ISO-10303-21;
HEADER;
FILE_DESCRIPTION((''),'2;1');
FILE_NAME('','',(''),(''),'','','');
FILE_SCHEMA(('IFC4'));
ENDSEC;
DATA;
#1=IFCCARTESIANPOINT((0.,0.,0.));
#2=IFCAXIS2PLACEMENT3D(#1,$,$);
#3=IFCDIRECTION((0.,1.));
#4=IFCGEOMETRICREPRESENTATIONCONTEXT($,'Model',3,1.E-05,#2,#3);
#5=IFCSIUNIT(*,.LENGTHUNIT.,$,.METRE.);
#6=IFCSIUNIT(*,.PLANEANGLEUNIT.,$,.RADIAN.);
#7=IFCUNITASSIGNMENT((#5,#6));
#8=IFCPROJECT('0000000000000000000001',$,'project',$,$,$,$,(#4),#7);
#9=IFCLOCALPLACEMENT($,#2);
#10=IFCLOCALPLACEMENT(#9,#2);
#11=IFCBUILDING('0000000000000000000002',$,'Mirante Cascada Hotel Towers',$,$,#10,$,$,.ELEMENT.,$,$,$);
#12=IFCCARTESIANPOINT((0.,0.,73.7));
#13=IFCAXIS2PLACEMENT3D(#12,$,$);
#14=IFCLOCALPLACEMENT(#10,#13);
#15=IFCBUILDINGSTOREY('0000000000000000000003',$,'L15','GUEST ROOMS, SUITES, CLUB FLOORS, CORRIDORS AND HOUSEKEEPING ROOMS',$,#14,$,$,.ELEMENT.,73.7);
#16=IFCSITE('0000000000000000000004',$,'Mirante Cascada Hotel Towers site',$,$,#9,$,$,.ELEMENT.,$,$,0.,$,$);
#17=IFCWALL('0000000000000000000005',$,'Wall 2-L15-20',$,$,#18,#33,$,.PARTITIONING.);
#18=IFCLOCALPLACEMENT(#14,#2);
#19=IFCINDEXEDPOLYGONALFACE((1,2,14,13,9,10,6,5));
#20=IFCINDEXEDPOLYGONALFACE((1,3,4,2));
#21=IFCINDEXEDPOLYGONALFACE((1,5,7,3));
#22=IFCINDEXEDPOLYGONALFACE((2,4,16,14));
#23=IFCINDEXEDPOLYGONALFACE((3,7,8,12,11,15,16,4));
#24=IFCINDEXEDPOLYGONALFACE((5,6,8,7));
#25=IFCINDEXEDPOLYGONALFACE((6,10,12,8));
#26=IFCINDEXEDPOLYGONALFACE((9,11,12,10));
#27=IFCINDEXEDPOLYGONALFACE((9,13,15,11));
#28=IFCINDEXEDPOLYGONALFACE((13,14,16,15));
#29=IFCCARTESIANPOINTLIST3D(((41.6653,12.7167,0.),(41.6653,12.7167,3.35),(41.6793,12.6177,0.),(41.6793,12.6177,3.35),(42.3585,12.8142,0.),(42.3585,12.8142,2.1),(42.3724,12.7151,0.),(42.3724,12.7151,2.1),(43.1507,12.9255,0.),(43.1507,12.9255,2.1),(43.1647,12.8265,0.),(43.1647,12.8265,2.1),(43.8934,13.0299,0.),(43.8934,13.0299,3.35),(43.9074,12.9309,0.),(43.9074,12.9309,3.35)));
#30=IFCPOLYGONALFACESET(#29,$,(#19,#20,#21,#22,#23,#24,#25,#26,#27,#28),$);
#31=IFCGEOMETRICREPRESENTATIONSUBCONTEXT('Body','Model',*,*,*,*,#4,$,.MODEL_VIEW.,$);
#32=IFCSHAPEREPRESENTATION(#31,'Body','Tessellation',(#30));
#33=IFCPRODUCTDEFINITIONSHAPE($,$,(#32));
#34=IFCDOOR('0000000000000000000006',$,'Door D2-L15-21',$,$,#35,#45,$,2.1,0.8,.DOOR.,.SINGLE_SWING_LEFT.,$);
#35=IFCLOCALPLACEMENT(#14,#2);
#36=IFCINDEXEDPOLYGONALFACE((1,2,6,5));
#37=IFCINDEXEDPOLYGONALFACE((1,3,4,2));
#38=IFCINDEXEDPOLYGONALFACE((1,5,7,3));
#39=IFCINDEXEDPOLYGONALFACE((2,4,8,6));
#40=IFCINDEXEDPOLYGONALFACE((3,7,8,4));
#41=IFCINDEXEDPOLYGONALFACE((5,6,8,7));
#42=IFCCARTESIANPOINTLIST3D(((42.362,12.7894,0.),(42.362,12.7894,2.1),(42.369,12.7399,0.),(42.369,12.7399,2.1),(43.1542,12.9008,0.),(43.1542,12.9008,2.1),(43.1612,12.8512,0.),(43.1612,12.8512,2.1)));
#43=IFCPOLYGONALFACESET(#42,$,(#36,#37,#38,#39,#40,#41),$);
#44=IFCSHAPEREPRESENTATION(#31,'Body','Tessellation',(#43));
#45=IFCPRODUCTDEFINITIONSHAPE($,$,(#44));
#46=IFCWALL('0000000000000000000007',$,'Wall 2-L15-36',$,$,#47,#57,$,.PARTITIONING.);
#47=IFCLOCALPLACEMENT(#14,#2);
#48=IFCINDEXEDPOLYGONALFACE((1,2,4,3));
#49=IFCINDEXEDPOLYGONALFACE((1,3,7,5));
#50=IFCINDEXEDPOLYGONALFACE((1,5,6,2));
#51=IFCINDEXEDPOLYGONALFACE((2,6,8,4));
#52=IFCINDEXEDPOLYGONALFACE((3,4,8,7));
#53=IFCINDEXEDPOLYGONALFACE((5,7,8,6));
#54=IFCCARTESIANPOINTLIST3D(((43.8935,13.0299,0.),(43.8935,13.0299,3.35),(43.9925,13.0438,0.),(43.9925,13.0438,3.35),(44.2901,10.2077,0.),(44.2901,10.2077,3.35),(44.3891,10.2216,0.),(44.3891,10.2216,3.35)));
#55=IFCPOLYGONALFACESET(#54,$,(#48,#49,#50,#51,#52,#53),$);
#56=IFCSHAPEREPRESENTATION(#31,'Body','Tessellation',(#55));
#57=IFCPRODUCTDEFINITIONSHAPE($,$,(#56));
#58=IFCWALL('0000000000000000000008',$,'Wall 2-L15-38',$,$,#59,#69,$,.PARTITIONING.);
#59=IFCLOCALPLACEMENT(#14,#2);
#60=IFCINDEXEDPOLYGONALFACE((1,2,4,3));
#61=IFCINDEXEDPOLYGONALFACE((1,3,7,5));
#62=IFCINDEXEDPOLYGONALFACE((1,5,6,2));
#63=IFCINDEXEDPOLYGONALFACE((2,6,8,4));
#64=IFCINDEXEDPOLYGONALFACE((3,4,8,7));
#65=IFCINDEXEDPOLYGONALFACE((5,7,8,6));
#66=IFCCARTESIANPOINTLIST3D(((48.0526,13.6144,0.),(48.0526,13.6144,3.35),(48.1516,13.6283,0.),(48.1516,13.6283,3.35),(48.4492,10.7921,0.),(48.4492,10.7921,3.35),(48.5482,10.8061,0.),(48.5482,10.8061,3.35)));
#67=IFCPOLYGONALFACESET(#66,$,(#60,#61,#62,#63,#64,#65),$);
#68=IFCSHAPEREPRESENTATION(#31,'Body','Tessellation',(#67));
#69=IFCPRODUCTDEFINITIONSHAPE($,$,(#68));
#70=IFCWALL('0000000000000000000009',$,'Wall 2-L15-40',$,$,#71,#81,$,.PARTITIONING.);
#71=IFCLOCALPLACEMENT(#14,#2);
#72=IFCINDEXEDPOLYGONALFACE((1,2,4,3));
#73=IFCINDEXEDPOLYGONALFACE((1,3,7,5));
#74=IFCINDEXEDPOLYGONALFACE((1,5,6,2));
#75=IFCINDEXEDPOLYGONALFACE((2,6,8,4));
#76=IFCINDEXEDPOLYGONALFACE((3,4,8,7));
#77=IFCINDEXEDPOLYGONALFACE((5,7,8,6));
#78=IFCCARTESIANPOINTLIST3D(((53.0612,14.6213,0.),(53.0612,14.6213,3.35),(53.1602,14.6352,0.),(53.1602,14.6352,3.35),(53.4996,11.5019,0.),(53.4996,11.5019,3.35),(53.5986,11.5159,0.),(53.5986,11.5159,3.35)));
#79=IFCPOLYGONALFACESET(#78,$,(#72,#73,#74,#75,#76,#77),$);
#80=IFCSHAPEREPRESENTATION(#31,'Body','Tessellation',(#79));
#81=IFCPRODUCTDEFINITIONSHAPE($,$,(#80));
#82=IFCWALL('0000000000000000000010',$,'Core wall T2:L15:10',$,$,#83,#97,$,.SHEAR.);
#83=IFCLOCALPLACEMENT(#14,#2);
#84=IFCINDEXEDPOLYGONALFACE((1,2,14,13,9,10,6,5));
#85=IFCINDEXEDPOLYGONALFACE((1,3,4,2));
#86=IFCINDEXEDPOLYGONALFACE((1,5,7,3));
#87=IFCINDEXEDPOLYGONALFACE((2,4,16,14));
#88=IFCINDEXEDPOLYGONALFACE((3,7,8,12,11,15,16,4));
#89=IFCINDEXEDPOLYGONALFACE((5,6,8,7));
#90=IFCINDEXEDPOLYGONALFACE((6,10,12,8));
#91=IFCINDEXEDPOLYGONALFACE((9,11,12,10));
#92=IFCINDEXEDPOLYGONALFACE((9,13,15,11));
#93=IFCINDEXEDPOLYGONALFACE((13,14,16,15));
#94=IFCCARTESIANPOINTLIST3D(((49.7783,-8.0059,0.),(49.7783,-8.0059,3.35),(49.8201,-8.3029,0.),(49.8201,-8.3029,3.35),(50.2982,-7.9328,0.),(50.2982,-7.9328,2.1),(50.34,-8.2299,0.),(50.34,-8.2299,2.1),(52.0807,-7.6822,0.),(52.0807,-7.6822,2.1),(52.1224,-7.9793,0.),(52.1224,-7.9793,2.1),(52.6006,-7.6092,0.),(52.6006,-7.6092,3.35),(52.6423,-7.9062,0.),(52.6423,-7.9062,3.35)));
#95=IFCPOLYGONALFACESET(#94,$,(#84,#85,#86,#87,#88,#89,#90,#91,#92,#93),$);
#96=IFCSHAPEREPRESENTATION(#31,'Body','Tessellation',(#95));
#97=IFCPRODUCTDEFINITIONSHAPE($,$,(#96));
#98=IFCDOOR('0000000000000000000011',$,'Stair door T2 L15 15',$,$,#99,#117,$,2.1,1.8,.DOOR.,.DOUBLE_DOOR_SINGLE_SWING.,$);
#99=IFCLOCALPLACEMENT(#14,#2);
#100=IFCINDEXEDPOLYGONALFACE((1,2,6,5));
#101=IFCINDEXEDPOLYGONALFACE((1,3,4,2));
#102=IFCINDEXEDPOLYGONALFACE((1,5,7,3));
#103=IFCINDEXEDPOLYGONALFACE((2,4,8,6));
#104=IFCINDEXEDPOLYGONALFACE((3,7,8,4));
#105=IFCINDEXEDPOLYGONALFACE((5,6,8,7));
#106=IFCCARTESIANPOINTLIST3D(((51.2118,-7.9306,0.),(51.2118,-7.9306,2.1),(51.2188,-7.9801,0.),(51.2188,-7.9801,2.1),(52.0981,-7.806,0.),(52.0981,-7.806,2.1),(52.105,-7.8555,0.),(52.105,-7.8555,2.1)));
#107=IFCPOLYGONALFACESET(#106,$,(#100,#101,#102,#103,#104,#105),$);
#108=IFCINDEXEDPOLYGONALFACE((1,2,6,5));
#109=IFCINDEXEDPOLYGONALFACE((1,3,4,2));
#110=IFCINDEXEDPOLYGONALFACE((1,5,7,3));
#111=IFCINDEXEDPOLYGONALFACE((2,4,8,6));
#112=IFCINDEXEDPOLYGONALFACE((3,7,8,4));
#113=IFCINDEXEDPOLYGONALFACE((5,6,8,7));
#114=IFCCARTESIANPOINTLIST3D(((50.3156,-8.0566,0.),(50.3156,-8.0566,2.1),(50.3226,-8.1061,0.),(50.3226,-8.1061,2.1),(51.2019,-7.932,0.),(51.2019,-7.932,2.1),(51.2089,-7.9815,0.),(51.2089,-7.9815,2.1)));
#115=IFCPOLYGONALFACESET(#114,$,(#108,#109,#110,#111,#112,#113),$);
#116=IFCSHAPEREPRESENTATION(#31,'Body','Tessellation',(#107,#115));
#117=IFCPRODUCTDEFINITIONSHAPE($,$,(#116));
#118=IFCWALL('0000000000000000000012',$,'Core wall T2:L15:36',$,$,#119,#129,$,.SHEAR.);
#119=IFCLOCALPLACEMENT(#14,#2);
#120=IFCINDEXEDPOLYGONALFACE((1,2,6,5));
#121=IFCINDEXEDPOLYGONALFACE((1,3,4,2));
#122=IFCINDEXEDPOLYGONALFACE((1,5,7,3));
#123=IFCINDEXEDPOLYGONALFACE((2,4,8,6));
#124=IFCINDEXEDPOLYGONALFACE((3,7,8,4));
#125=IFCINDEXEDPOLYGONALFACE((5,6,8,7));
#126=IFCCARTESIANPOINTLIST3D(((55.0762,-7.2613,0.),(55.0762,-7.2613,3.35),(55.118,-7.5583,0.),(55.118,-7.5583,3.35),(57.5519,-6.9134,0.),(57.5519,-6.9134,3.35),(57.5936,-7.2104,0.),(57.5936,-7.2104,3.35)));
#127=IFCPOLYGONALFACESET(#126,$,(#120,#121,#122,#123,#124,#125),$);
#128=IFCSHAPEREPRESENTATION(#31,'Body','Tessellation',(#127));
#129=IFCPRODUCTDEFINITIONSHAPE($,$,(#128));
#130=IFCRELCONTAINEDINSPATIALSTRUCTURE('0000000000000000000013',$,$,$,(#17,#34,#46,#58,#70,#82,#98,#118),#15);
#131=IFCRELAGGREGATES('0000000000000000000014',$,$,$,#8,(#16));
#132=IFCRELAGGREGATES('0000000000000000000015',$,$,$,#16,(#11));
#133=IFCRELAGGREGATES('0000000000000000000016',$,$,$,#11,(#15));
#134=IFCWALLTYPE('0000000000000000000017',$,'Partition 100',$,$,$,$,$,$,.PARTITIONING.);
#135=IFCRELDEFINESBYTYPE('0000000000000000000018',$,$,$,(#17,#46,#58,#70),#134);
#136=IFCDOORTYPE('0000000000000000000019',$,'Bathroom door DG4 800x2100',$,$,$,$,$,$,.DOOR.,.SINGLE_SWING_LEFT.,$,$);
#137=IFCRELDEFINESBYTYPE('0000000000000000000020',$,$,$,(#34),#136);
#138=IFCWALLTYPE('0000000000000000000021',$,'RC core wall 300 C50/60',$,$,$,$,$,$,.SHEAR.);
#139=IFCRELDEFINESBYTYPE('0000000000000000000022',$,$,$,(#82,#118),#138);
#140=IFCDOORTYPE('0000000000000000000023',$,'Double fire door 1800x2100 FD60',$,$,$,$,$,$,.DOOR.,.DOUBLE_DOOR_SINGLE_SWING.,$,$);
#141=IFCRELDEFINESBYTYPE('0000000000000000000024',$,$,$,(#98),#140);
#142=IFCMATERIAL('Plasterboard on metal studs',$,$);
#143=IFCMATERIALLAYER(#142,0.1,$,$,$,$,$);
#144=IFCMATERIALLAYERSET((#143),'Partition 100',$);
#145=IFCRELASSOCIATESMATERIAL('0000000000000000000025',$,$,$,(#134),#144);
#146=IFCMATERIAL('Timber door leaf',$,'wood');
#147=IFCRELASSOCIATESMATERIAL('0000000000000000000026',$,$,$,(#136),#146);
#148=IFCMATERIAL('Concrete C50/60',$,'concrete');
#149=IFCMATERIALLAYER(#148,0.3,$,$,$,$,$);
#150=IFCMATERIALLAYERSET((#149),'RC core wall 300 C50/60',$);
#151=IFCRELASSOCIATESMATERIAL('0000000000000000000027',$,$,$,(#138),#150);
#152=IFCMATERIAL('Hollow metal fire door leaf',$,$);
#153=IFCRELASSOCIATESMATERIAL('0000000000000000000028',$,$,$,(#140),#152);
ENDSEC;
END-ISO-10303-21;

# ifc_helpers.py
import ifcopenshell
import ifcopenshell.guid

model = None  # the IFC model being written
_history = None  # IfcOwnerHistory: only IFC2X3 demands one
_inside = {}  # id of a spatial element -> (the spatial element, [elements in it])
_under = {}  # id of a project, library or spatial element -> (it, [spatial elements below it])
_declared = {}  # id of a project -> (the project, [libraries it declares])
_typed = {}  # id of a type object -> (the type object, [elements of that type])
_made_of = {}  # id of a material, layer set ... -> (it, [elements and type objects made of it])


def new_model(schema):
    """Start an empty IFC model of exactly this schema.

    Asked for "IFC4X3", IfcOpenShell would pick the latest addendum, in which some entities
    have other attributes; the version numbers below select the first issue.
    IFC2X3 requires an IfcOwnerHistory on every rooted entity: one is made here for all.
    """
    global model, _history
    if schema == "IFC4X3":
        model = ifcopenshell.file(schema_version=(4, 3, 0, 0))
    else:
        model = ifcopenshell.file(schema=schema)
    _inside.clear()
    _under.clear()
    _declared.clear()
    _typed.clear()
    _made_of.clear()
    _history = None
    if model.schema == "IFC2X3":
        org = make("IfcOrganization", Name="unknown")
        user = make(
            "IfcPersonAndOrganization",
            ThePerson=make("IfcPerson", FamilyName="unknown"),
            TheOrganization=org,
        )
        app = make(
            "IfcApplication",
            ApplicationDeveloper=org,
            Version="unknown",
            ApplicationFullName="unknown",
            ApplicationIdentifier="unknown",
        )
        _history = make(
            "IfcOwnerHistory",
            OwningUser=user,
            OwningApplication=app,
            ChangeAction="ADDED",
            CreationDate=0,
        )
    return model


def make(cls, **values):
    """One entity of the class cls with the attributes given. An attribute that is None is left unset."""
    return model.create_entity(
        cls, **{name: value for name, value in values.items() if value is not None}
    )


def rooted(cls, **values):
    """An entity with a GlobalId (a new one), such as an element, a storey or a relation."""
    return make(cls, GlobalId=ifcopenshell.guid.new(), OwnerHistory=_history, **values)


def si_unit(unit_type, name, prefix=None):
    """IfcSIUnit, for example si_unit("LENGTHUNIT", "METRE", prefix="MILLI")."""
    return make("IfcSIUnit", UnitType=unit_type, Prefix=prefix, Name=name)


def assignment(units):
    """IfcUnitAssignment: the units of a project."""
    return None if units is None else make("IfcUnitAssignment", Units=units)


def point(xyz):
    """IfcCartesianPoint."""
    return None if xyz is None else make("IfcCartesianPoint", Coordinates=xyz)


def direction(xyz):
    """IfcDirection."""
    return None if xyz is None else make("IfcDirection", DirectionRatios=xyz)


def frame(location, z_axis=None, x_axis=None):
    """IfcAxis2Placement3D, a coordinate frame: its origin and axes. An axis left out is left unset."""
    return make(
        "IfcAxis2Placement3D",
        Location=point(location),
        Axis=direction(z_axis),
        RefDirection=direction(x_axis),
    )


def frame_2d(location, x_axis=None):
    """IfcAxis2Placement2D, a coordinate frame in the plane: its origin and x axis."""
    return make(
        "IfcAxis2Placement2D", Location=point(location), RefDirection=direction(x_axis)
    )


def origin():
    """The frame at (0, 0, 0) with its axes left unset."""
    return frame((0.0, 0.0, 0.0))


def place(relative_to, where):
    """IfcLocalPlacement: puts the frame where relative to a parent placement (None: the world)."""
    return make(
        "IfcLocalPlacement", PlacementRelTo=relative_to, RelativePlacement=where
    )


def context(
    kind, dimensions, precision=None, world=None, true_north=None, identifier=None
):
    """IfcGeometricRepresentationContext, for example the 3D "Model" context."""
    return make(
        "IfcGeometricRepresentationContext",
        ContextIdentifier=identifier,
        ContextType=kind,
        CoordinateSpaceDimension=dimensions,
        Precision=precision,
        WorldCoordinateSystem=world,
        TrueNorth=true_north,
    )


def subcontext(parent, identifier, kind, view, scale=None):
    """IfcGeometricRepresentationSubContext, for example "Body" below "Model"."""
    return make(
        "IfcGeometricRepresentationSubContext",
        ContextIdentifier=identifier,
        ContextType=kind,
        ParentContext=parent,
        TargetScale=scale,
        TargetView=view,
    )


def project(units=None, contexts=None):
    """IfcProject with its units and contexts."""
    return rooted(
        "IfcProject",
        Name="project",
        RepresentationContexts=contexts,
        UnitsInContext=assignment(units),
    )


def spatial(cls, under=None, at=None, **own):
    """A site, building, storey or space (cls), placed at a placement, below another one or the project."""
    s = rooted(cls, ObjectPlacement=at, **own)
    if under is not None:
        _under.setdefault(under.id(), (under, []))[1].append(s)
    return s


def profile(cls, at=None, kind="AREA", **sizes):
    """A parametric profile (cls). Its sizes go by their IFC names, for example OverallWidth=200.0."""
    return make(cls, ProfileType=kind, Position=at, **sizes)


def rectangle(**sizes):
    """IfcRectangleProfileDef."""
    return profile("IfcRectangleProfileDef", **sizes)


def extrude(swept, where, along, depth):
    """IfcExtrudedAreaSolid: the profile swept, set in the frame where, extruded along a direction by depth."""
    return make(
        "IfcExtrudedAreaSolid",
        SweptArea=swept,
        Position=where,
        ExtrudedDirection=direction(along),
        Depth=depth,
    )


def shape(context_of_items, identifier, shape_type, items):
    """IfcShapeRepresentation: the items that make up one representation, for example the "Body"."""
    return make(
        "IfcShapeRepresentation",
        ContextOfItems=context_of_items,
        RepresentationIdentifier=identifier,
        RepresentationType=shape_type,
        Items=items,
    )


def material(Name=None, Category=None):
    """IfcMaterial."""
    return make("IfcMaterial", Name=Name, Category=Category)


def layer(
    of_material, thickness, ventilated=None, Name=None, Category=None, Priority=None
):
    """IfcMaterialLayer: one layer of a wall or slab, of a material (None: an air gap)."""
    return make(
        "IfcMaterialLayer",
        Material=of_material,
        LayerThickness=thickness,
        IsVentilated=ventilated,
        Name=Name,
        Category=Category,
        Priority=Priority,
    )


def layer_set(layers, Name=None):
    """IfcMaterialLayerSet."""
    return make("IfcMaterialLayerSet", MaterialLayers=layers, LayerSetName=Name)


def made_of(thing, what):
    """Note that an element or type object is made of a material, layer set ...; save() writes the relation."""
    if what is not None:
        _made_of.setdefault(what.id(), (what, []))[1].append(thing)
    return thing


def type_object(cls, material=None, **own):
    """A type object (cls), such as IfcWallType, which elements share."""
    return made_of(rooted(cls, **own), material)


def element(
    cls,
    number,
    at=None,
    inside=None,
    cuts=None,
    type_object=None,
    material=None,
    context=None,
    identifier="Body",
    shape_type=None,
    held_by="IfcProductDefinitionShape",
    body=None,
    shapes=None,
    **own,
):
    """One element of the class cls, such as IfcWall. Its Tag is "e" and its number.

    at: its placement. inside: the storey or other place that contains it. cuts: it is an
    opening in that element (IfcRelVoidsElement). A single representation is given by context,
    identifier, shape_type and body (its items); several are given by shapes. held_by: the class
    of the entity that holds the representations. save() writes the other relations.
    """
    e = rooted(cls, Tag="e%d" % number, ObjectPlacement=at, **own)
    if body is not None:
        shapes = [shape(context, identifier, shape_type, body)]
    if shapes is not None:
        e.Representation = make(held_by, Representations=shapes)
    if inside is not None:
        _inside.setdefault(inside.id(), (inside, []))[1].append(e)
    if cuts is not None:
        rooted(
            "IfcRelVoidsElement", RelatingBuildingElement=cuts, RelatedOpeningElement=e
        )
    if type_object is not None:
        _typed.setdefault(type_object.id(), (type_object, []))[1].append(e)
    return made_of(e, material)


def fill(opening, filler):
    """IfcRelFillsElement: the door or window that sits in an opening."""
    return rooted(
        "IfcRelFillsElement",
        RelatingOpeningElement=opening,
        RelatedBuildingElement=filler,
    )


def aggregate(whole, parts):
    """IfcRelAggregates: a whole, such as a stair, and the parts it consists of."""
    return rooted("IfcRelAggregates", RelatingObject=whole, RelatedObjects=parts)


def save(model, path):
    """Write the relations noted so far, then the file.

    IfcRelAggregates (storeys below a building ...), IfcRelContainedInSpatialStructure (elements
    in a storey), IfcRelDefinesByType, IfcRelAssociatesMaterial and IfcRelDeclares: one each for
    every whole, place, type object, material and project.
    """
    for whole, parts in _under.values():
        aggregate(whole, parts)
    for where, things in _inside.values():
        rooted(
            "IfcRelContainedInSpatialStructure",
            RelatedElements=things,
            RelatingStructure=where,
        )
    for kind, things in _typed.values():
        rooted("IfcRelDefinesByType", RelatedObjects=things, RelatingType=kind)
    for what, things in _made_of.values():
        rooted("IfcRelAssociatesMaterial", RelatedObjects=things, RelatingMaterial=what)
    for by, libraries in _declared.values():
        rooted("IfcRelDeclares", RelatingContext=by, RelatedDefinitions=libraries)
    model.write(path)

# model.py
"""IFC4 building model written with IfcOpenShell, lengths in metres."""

from ifc_helpers import new_model, si_unit, direction, frame, frame_2d, origin, place, context, subcontext, project, spatial, rectangle, extrude, material, layer, layer_set, type_object, element, fill, save


model = new_model("IFC4")

# Units and contexts
model_context = context("Model", 3, precision=1e-05, world=origin(), true_north=direction((0.0, 1.0)))
body_context = subcontext(model_context, "Body", "Model", "MODEL_VIEW")
ifc_project = project(units=[si_unit("LENGTHUNIT", "METRE"), si_unit("PLANEANGLEUNIT", "RADIAN")], contexts=[model_context])

# Site, building, storey
site_placement = place(None, origin())
site = spatial("IfcSite", under=ifc_project, at=site_placement, Name="Mirante Cascada Hotel Towers site", CompositionType="ELEMENT", RefElevation=0.0)
building_placement = place(site_placement, origin())
building = spatial("IfcBuilding", under=site, at=building_placement, Name="Mirante Cascada Hotel Towers", CompositionType="ELEMENT")
storey_placement = place(building_placement, frame((0.0, 0.0, 73.7)))
storey = spatial("IfcBuildingStorey", under=building, at=storey_placement, Name="L15", Description="GUEST ROOMS, SUITES, CLUB FLOORS, CORRIDORS AND HOUSEKEEPING ROOMS", CompositionType="ELEMENT", Elevation=73.7)

# Shared definitions
ifc_material_1 = material(Name="Plasterboard on metal studs")
ifc_layer_1 = layer(ifc_material_1, 0.1)
ifc_layer_set_1 = layer_set([ifc_layer_1], Name="Partition 100")
wall_type_1 = type_object("IfcWallType", Name="Partition 100", PredefinedType="PARTITIONING", material=ifc_layer_set_1)

# Wall, opening, door
wall_1_placement = place(storey_placement, frame((41.6723, 12.6672, 0.0), z_axis=(0.0, 0.0, 1.0), x_axis=(0.990264, 0.1392, 0.0)))
wall_1 = element("IfcWall", 1, at=wall_1_placement, inside=storey, type_object=wall_type_1, Name="Wall 2-L15-20", PredefinedType="PARTITIONING", context=body_context, shape_type="SweptSolid", body=[
    extrude(rectangle(XDim=2.25, YDim=0.1, at=frame_2d((1.125, 0.0))), origin(), (0.0, 0.0, 1.0), 3.35),
])
opening_1_placement = place(wall_1_placement, frame((0.7, 0.0, 0.0)))
opening_1 = element("IfcOpeningElement", 2, at=opening_1_placement, cuts=wall_1, PredefinedType="OPENING", context=body_context, shape_type="SweptSolid", body=[
    extrude(rectangle(XDim=0.8, YDim=2.1, at=frame_2d((0.4, 1.05))), frame((0.0, 0.05, 0.0), z_axis=(0.0, -1.0, 0.0), x_axis=(1.0, 0.0, 0.0)), (0.0, 0.0, 1.0), 0.1),
])
ifc_material_2 = material(Name="Timber door leaf", Category="wood")
door_type_1 = type_object("IfcDoorType", Name="Bathroom door DG4 800x2100", OperationType="SINGLE_SWING_LEFT", PredefinedType="DOOR", material=ifc_material_2)
door_1_placement = place(opening_1_placement, origin())
door_1 = element("IfcDoor", 3, at=door_1_placement, inside=storey, type_object=door_type_1, Name="Door D2-L15-21", OperationType="SINGLE_SWING_LEFT", OverallHeight=2.1, OverallWidth=0.8, PredefinedType="DOOR", context=body_context, shape_type="SweptSolid", body=[
    extrude(rectangle(XDim=0.8, YDim=2.1, at=frame_2d((0.4, 1.05))), frame((0.0, 0.025, 0.0), z_axis=(0.0, -1.0, 0.0), x_axis=(1.0, 0.0, 0.0)), (0.0, 0.0, 1.0), 0.05),
])
fill(opening_1, door_1)

# Walls
wall_2_placement = place(storey_placement, frame((44.3396, 10.2146, 0.0), z_axis=(0.0, 0.0, 1.0), x_axis=(-0.139161, 0.99027, 0.0)))
element("IfcWall", 4, at=wall_2_placement, inside=storey, type_object=wall_type_1, Name="Wall 2-L15-36", PredefinedType="PARTITIONING", context=body_context, shape_type="SweptSolid", body=[
    extrude(rectangle(XDim=2.8499, YDim=0.1, at=frame_2d((1.425, 0.0))), origin(), (0.0, 0.0, 1.0), 3.35),
])
wall_3_placement = place(storey_placement, frame((48.4987, 10.7991, 0.0), z_axis=(0.0, 0.0, 1.0), x_axis=(-0.139156, 0.99027, 0.0)))
element("IfcWall", 5, at=wall_3_placement, inside=storey, type_object=wall_type_1, Name="Wall 2-L15-38", PredefinedType="PARTITIONING", context=body_context, shape_type="SweptSolid", body=[
    extrude(rectangle(XDim=2.85, YDim=0.1, at=frame_2d((1.425, 0.0))), origin(), (0.0, 0.0, 1.0), 3.35),
])
wall_4_placement = place(storey_placement, frame((53.5491, 11.5089, 0.0), z_axis=(0.0, 0.0, 1.0), x_axis=(-0.139177, 0.990268, 0.0)))
element("IfcWall", 6, at=wall_4_placement, inside=storey, type_object=wall_type_1, Name="Wall 2-L15-40", PredefinedType="PARTITIONING", context=body_context, shape_type="SweptSolid", body=[
    extrude(rectangle(XDim=3.15, YDim=0.1, at=frame_2d((1.575, 0.0))), origin(), (0.0, 0.0, 1.0), 3.35),
])

# Wall, opening, door
ifc_material_3 = material(Name="Concrete C50/60", Category="concrete")
ifc_layer_2 = layer(ifc_material_3, 0.3)
ifc_layer_set_2 = layer_set([ifc_layer_2], Name="RC core wall 300 C50/60")
wall_type_2 = type_object("IfcWallType", Name="RC core wall 300 C50/60", PredefinedType="SHEAR", material=ifc_layer_set_2)
wall_5_placement = place(storey_placement, frame((49.7992, -8.1544, 0.0), z_axis=(0.0, 0.0, 1.0), x_axis=(0.990266, 0.139191, 0.0)))
wall_5 = element("IfcWall", 7, at=wall_5_placement, inside=storey, type_object=wall_type_2, Name="Core wall T2:L15:10", PredefinedType="SHEAR", context=body_context, shape_type="SweptSolid", body=[
    extrude(rectangle(XDim=2.85, YDim=0.3, at=frame_2d((1.425, 0.0))), origin(), (0.0, 0.0, 1.0), 3.35),
])
opening_2_placement = place(wall_5_placement, frame((0.525, 0.0, 0.0)))
opening_2 = element("IfcOpeningElement", 8, at=opening_2_placement, cuts=wall_5, PredefinedType="OPENING", context=body_context, shape_type="SweptSolid", body=[
    extrude(rectangle(XDim=1.8, YDim=2.1, at=frame_2d((0.9, 1.05))), frame((0.0, 0.15, 0.0), z_axis=(0.0, -1.0, 0.0), x_axis=(1.0, 0.0, 0.0)), (0.0, 0.0, 1.0), 0.3),
])
ifc_material_4 = material(Name="Hollow metal fire door leaf")
door_type_2 = type_object("IfcDoorType", Name="Double fire door 1800x2100 FD60", OperationType="DOUBLE_DOOR_SINGLE_SWING", PredefinedType="DOOR", material=ifc_material_4)
door_2_placement = place(opening_2_placement, frame((1.8, 0.0, 0.0), z_axis=(0.0, 0.0, 1.0), x_axis=(-1.0, 0.0, 0.0)))
door_2 = element("IfcDoor", 9, at=door_2_placement, inside=storey, type_object=door_type_2, Name="Stair door T2 L15 15", OperationType="DOUBLE_DOOR_SINGLE_SWING", OverallHeight=2.1, OverallWidth=1.8, PredefinedType="DOOR", context=body_context, shape_type="SweptSolid", body=[
    extrude(rectangle(XDim=0.895, YDim=2.1, at=frame_2d((0.4475, 1.05))), frame((0.0, 0.025, 0.0), z_axis=(0.0, -1.0, 0.0), x_axis=(1.0, 0.0, 0.0)), (0.0, 0.0, 1.0), 0.05),
    extrude(rectangle(XDim=0.895, YDim=2.1, at=frame_2d((1.3525, 1.05))), frame((0.0, 0.025, 0.0), z_axis=(0.0, -1.0, 0.0), x_axis=(1.0, 0.0, 0.0)), (0.0, 0.0, 1.0), 0.05),
])
fill(opening_2, door_2)

# Wall
wall_6_placement = place(storey_placement, frame((55.0971, -7.4098, 0.0), z_axis=(0.0, 0.0, 1.0), x_axis=(0.99027, 0.139159, 0.0)))
element("IfcWall", 10, at=wall_6_placement, inside=storey, type_object=wall_type_2, Name="Core wall T2:L15:36", PredefinedType="SHEAR", context=body_context, shape_type="SweptSolid", body=[
    extrude(rectangle(XDim=2.5, YDim=0.3, at=frame_2d((1.25, 0.0))), origin(), (0.0, 0.0, 1.0), 3.35),
])

save(model, "model.ifc")
